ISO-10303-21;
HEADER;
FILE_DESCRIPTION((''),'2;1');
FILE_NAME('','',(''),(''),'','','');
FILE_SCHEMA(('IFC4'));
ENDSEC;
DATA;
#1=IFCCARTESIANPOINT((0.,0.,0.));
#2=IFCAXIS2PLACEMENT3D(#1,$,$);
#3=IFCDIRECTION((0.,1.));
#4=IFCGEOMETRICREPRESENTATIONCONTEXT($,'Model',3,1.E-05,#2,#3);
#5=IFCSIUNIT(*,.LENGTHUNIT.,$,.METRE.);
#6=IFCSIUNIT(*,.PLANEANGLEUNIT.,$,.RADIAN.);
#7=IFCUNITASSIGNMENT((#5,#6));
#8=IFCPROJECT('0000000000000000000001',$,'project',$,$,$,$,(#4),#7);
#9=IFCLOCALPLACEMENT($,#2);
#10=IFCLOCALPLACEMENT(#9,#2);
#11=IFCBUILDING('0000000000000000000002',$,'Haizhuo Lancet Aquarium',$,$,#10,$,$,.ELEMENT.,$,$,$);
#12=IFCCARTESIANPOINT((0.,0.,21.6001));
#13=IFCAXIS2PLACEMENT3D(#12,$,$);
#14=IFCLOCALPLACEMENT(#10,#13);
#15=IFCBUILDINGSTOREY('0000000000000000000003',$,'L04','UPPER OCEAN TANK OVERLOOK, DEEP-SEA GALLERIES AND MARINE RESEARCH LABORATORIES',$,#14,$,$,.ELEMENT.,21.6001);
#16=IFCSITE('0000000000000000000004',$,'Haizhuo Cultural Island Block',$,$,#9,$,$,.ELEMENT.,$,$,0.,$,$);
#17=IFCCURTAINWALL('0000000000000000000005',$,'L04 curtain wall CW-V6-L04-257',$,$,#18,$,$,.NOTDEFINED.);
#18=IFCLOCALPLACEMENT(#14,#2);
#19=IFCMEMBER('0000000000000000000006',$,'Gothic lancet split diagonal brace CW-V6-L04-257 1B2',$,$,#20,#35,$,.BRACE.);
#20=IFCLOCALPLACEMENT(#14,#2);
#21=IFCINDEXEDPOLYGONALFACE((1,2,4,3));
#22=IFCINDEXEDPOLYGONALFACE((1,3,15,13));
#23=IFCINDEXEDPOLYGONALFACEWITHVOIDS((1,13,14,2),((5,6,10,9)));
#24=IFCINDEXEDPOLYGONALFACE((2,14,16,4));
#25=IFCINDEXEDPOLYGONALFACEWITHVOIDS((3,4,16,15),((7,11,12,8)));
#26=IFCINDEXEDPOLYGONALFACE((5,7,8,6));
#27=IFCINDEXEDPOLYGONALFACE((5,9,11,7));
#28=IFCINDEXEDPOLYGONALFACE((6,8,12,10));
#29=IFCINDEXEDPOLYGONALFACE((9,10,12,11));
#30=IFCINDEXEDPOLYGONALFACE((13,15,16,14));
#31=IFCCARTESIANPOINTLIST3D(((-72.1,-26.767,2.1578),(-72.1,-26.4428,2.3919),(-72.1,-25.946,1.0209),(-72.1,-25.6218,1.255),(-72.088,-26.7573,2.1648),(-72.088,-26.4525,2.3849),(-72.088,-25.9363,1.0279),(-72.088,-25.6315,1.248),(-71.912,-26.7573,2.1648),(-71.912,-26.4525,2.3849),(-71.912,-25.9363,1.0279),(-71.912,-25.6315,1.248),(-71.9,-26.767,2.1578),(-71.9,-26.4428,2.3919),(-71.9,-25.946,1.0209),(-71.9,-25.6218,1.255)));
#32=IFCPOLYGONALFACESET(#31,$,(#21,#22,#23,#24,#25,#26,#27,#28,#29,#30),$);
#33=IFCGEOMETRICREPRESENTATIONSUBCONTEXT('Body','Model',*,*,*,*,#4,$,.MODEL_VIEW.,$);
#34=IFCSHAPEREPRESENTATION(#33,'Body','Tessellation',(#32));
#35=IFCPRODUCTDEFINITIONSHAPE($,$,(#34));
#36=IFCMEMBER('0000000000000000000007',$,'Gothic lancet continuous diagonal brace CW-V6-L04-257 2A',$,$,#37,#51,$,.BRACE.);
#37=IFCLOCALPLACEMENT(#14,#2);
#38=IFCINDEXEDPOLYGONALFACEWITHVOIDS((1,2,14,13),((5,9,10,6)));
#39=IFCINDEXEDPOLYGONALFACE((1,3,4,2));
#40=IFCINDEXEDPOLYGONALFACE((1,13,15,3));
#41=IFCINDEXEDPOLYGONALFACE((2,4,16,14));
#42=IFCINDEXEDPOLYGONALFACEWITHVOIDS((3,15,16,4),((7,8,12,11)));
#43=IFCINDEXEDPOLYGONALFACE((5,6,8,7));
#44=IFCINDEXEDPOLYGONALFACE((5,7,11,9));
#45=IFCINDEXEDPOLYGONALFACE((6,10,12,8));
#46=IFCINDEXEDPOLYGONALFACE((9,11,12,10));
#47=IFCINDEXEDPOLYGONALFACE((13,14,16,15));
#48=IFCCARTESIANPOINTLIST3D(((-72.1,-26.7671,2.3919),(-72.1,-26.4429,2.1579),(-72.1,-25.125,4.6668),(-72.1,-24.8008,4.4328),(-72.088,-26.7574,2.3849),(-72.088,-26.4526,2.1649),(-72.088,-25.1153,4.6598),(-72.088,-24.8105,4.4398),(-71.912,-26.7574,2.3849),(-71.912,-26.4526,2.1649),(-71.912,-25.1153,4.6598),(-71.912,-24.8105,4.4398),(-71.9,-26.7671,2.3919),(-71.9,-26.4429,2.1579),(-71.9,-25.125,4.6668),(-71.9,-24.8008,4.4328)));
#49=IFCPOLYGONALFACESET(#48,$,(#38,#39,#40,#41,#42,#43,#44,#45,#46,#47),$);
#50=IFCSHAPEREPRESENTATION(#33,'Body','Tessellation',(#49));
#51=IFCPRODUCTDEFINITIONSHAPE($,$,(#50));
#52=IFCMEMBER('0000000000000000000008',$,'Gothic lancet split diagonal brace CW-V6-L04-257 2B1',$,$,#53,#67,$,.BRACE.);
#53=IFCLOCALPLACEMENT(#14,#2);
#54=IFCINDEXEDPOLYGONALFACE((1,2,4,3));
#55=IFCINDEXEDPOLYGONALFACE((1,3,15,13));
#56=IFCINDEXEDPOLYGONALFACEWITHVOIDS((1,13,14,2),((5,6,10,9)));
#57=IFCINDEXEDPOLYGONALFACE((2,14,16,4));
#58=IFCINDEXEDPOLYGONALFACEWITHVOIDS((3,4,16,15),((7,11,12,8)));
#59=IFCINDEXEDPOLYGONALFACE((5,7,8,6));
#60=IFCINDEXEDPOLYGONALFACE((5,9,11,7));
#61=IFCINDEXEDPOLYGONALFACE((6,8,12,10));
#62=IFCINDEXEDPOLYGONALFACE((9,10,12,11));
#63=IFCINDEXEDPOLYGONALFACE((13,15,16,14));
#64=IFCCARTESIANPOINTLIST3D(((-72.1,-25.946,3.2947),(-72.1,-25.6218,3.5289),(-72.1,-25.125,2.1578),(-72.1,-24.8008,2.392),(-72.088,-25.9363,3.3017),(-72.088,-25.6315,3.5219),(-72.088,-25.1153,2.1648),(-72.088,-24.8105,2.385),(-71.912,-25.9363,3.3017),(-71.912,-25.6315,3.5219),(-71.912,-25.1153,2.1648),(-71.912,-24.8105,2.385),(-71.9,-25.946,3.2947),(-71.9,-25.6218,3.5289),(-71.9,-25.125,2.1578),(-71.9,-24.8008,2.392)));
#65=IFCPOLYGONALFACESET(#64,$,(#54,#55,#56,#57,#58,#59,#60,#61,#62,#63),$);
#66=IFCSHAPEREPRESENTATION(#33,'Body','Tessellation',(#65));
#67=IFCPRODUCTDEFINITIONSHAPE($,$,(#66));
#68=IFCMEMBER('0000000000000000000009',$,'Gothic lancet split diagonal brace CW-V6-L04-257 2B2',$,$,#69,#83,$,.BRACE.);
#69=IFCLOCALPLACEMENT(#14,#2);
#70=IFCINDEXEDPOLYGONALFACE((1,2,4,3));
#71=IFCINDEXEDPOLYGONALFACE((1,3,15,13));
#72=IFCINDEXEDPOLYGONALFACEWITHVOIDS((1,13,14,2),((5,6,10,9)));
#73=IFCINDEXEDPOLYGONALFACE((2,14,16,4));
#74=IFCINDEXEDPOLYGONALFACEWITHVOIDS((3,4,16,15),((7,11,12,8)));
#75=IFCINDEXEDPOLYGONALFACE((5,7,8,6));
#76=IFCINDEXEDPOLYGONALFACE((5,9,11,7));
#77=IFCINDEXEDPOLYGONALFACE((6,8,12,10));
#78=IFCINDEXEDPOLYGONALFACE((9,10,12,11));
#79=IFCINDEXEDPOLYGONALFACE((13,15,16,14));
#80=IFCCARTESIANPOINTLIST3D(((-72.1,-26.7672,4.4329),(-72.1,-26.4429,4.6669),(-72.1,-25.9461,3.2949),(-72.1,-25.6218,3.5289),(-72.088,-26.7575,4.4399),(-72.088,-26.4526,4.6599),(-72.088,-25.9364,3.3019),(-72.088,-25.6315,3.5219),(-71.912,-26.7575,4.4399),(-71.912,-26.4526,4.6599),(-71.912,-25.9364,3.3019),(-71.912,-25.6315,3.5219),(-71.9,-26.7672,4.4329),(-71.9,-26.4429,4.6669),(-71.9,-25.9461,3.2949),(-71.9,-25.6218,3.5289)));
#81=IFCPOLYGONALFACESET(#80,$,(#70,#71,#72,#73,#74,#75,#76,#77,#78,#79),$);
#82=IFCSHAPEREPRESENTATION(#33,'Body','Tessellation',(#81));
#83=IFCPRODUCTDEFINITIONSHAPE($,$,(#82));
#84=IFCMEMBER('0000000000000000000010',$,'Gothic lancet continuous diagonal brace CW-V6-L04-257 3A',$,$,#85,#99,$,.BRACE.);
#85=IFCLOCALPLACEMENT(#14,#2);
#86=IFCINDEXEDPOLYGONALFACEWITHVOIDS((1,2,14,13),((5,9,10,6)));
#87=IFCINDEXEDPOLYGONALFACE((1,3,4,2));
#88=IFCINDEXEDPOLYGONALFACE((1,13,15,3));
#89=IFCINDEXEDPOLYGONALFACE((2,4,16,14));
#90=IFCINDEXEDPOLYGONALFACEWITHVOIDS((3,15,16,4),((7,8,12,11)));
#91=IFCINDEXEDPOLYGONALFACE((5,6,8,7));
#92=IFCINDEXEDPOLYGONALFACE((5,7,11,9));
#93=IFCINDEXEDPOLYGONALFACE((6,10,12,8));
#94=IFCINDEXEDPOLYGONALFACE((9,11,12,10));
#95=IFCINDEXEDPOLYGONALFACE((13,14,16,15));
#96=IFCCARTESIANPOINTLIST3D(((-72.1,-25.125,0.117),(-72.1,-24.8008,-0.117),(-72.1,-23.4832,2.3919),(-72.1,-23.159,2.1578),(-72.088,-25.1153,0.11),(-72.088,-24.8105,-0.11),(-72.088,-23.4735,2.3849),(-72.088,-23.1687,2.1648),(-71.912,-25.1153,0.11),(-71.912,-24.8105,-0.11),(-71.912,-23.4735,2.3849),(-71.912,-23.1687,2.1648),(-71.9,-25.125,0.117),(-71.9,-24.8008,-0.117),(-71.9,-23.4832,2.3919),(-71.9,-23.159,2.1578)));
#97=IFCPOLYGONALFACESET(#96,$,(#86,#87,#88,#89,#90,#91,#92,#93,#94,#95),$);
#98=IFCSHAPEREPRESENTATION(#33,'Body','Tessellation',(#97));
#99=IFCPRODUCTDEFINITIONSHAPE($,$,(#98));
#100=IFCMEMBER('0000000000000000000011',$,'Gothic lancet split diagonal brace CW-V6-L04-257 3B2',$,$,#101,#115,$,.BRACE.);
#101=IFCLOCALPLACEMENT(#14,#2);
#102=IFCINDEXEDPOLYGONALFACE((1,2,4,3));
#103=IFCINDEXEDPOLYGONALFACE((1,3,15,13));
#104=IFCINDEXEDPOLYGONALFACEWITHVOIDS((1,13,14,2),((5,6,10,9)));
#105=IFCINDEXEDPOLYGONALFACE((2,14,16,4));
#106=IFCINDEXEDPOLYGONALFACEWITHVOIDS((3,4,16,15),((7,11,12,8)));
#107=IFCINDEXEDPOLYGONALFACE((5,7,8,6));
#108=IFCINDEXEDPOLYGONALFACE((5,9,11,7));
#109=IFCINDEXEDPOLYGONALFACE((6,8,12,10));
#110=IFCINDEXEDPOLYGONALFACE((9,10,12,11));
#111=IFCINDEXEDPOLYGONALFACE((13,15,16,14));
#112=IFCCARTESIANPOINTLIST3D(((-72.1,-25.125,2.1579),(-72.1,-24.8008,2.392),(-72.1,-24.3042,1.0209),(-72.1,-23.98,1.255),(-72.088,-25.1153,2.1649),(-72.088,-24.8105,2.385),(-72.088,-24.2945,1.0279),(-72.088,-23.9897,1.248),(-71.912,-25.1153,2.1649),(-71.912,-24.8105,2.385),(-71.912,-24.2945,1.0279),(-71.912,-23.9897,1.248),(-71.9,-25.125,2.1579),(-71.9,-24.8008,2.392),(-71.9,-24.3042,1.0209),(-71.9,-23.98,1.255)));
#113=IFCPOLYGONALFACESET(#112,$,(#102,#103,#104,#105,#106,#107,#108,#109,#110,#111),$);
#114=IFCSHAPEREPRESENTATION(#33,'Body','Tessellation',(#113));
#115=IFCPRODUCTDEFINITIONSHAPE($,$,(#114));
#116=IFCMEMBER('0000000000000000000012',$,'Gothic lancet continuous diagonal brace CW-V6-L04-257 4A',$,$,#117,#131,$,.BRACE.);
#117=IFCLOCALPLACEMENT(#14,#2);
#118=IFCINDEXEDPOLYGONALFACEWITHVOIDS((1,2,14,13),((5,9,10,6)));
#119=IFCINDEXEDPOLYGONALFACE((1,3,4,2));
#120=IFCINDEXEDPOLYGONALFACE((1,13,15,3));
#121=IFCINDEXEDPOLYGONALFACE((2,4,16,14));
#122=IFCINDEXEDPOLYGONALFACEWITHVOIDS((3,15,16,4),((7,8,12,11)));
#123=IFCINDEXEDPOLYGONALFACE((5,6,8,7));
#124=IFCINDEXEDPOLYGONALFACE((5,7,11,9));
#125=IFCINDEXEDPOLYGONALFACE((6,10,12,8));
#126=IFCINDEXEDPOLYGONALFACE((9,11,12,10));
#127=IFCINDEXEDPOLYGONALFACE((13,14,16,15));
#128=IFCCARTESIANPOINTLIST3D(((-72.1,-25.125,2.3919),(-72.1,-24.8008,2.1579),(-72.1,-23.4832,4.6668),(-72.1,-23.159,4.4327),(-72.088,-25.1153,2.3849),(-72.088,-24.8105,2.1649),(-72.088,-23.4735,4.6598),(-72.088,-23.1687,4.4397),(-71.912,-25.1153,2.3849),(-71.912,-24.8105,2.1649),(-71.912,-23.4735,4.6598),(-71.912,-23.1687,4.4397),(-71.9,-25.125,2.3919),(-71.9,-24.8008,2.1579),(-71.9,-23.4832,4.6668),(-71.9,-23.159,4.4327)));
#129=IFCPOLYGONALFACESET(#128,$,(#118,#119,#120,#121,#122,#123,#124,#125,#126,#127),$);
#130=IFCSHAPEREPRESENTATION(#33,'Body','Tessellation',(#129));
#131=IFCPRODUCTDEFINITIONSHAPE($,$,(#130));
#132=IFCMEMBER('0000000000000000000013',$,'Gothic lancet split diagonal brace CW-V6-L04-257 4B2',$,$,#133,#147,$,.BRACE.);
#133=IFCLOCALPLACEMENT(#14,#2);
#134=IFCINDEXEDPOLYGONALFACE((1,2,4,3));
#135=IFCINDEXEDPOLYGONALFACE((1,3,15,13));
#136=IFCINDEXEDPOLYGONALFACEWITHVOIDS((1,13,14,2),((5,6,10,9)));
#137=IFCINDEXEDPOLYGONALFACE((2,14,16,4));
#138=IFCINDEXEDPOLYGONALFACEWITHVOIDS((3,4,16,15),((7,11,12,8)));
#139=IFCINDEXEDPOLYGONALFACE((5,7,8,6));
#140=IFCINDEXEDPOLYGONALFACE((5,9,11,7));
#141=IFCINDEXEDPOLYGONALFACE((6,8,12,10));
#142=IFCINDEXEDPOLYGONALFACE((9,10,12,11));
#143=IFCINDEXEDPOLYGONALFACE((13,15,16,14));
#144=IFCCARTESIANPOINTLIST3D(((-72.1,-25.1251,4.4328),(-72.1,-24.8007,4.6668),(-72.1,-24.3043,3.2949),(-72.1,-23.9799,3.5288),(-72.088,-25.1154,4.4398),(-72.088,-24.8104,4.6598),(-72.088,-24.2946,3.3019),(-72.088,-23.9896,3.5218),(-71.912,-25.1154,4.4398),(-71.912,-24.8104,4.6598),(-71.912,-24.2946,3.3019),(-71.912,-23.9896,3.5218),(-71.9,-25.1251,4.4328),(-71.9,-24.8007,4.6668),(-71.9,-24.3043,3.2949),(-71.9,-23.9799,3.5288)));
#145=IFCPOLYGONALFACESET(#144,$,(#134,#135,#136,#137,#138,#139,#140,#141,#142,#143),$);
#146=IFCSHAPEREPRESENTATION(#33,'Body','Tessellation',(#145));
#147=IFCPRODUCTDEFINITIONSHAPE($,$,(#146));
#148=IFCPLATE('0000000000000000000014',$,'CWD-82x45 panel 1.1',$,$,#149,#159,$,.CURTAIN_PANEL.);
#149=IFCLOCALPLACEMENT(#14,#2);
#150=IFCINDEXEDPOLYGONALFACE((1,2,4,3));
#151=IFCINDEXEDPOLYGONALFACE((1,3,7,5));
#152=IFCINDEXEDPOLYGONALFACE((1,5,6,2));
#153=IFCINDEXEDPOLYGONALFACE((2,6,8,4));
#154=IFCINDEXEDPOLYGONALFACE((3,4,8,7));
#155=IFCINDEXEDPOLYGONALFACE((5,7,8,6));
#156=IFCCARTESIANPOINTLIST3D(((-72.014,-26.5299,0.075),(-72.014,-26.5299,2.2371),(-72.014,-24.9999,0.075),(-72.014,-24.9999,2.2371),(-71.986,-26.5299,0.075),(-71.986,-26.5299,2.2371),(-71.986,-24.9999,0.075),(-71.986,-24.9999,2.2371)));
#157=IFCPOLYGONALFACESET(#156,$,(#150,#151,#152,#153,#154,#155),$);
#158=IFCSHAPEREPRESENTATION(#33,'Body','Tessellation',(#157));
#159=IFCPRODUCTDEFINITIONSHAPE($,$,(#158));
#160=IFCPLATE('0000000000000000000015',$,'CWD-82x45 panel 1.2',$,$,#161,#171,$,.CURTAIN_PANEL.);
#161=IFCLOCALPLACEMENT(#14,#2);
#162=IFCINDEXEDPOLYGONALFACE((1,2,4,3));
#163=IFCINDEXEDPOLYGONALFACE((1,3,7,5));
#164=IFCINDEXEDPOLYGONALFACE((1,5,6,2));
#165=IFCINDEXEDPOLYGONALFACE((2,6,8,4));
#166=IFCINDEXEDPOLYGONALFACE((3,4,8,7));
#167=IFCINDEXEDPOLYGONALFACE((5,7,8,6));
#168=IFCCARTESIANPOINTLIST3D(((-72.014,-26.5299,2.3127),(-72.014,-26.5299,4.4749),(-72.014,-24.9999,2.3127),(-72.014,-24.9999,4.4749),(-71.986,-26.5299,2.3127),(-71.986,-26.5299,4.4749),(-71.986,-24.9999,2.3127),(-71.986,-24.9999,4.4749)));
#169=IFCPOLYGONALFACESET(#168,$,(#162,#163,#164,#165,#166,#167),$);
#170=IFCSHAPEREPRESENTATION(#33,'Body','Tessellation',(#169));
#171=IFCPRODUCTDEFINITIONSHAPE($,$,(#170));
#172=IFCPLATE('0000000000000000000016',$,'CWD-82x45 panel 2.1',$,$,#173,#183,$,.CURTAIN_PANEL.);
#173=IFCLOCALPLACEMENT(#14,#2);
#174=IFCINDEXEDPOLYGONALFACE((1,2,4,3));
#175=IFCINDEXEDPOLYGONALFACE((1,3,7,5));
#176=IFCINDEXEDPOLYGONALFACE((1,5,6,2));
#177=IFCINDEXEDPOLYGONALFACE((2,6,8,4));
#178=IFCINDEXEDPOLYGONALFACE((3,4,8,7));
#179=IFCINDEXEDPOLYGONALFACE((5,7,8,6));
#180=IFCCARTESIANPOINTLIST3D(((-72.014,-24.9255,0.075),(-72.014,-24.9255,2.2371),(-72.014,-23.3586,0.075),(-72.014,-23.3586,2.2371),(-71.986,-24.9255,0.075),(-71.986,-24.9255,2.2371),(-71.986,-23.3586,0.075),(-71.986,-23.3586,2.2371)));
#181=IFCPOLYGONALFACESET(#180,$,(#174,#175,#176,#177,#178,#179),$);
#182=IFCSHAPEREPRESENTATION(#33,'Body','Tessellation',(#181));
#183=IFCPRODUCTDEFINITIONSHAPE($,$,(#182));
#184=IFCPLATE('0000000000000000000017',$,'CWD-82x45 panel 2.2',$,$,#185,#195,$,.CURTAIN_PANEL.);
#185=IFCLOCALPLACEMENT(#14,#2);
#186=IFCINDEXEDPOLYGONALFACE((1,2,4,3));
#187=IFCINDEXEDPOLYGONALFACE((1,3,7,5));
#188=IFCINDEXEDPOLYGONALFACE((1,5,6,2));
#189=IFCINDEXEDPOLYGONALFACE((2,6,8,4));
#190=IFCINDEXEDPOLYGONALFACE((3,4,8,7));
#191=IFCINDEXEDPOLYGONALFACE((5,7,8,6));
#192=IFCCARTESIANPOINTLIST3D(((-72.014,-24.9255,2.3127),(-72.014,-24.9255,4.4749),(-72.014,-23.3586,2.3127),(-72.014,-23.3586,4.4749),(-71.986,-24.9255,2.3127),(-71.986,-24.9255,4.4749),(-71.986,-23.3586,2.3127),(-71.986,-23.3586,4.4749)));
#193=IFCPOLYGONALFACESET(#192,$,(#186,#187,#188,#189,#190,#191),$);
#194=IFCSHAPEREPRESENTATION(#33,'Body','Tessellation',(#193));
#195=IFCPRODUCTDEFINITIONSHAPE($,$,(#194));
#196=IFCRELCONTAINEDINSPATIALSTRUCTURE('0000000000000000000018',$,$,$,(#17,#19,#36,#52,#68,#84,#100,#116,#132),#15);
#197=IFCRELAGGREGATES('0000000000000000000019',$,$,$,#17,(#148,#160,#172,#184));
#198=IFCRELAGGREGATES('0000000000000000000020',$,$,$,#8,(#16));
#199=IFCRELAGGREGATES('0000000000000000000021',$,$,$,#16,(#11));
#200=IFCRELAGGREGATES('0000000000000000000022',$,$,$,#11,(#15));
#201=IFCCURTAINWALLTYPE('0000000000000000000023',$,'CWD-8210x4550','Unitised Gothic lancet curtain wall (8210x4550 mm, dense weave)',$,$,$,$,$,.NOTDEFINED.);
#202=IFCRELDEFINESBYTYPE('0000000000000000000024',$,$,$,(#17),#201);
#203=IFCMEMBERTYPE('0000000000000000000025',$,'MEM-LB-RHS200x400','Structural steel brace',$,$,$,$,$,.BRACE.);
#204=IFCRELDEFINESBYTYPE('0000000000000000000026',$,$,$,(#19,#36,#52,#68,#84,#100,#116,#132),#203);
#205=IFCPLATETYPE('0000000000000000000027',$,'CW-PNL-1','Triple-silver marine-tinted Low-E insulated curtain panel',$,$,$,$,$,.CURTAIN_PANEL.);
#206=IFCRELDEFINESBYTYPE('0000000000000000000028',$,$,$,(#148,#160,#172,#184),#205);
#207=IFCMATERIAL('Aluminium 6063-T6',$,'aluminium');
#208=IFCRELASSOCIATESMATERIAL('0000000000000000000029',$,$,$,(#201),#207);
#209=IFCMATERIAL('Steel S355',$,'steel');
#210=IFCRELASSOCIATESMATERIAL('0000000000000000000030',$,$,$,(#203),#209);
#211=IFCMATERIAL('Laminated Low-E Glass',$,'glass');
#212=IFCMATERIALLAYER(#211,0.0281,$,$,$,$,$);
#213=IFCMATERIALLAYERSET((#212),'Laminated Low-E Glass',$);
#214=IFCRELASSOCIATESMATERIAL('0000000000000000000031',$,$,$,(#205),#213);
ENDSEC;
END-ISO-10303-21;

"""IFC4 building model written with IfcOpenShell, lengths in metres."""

from ifc_helpers import new_model, si_unit, direction, frame, origin, origin_2d, place, context, subcontext, project, spatial, rectangle, hollow_rectangle, extrude, material, layer, layer_set, material_profile, profile_set, type_object, element, aggregate, save


model = new_model("IFC4")

# Units and contexts
model_context = context("Model", 3, precision=1e-05, world=origin(), true_north=direction((0.0, 1.0)))
body_context = subcontext(model_context, "Body", "Model", "MODEL_VIEW")
ifc_project = project(units=[si_unit("LENGTHUNIT", "METRE"), si_unit("PLANEANGLEUNIT", "RADIAN")], contexts=[model_context])

# Site, building, storey
site_placement = place(None, origin())
site = spatial("IfcSite", under=ifc_project, at=site_placement, Name="Haizhuo Cultural Island Block", CompositionType="ELEMENT", RefElevation=0.0)
building_placement = place(site_placement, origin())
building = spatial("IfcBuilding", under=site, at=building_placement, Name="Haizhuo Lancet Aquarium", CompositionType="ELEMENT")
storey_placement = place(building_placement, frame((0.0, 0.0, 21.6001)))
storey = spatial("IfcBuildingStorey", under=building, at=storey_placement, Name="L04", Description="UPPER OCEAN TANK OVERLOOK, DEEP-SEA GALLERIES AND MARINE RESEARCH LABORATORIES", CompositionType="ELEMENT", Elevation=21.6001)

# Curtain wall
ifc_material_1 = material(Name="Aluminium 6063-T6", Category="aluminium")
curtain_wall_type = type_object("IfcCurtainWallType", Name="CWD-8210x4550", Description="Unitised Gothic lancet curtain wall (8210x4550 mm, dense weave)", PredefinedType="NOTDEFINED", material=ifc_material_1)
curtain_wall_placement = place(storey_placement, origin())
curtain_wall = element("IfcCurtainWall", 1, at=curtain_wall_placement, inside=storey, type_object=curtain_wall_type, Name="L04 curtain wall CW-V6-L04-257", PredefinedType="NOTDEFINED")

# Members
ifc_material_2 = material(Name="Steel S355", Category="steel")
ifc_material_profile_1 = material_profile(ifc_material_2, hollow_rectangle(XDim=0.2, YDim=0.3999, WallThickness=0.012, at=origin_2d()), Name="RHS 200x400x12")
ifc_profile_set_1 = profile_set([ifc_material_profile_1], Name="Steel S355")
member_type_1 = type_object("IfcMemberType", Name="MEM-LB-RHS200x400", Description="Structural steel brace", PredefinedType="BRACE", material=ifc_profile_set_1)
member_1_placement = place(storey_placement, frame((-72.0, -25.7839, 1.1379), z_axis=(0.0, -0.585446, 0.810711), x_axis=(1.0, 0.0, 0.0)))
element("IfcMember", 2, at=member_1_placement, inside=storey, type_object=member_type_1, Name="Gothic lancet split diagonal brace CW-V6-L04-257 1B2", PredefinedType="BRACE", context=body_context, shape_type="SweptSolid", body=[
    extrude(hollow_rectangle(XDim=0.2, YDim=0.3999, WallThickness=0.012, at=origin_2d()), origin(), (0.0, 0.0, 1.0), 1.4023),
])
member_2_placement = place(storey_placement, frame((-72.0, -26.605, 2.2749), z_axis=(0.0, 0.585281, 0.810831), x_axis=(-1.0, 0.0, 0.0)))
element("IfcMember", 3, at=member_2_placement, inside=storey, type_object=member_type_1, Name="Gothic lancet continuous diagonal brace CW-V6-L04-257 2A", PredefinedType="BRACE", context=body_context, shape_type="SweptSolid", body=[
    extrude(hollow_rectangle(XDim=0.2, YDim=0.3999, WallThickness=0.012, at=origin_2d()), origin(), (0.0, 0.0, 1.0), 2.8057),
])
member_3_placement = place(storey_placement, frame((-72.0, -24.9629, 2.2749), z_axis=(0.0, -0.585446, 0.810711), x_axis=(1.0, 0.0, 0.0)))
element("IfcMember", 4, at=member_3_placement, inside=storey, type_object=member_type_1, Name="Gothic lancet split diagonal brace CW-V6-L04-257 2B1", PredefinedType="BRACE", context=body_context, shape_type="SweptSolid", body=[
    extrude(hollow_rectangle(XDim=0.2, YDim=0.3999, WallThickness=0.012, at=origin_2d()), origin(), (0.0, 0.0, 1.0), 1.4023),
])
member_4_placement = place(storey_placement, frame((-72.0, -25.7839, 3.4119), z_axis=(0.0, -0.585116, 0.81095), x_axis=(1.0, 0.0, 0.0)))
element("IfcMember", 5, at=member_4_placement, inside=storey, type_object=member_type_1, Name="Gothic lancet split diagonal brace CW-V6-L04-257 2B2", PredefinedType="BRACE", context=body_context, shape_type="SweptSolid", body=[
    extrude(hollow_rectangle(XDim=0.2, YDim=0.3999, WallThickness=0.012, at=origin_2d()), origin(), (0.0, 0.0, 1.0), 1.4033),
])
member_5_placement = place(storey_placement, frame((-72.0, -24.9629, 0.0), z_axis=(0.0, 0.585224, 0.810872), x_axis=(-1.0, 0.0, 0.0)))
element("IfcMember", 6, at=member_5_placement, inside=storey, type_object=member_type_1, Name="Gothic lancet continuous diagonal brace CW-V6-L04-257 3A", PredefinedType="BRACE", context=body_context, shape_type="SweptSolid", body=[
    extrude(hollow_rectangle(XDim=0.2, YDim=0.3999, WallThickness=0.012, at=origin_2d()), origin(), (0.0, 0.0, 1.0), 2.8054),
])
member_6_placement = place(storey_placement, frame((-72.0, -24.1421, 1.1379), z_axis=(0.0, -0.585332, 0.810794), x_axis=(1.0, 0.0, 0.0)))
element("IfcMember", 7, at=member_6_placement, inside=storey, type_object=member_type_1, Name="Gothic lancet split diagonal brace CW-V6-L04-257 3B2", PredefinedType="BRACE", context=body_context, shape_type="SweptSolid", body=[
    extrude(hollow_rectangle(XDim=0.2, YDim=0.3999, WallThickness=0.012, at=origin_2d()), origin(), (0.0, 0.0, 1.0), 1.4023),
])
member_7_placement = place(storey_placement, frame((-72.0, -24.9629, 2.2749), z_axis=(0.0, 0.585224, 0.810872), x_axis=(-1.0, 0.0, 0.0)))
element("IfcMember", 8, at=member_7_placement, inside=storey, type_object=member_type_1, Name="Gothic lancet continuous diagonal brace CW-V6-L04-257 4A", PredefinedType="BRACE", context=body_context, shape_type="SweptSolid", body=[
    extrude(hollow_rectangle(XDim=0.2, YDim=0.3999, WallThickness=0.012, at=origin_2d()), origin(), (0.0, 0.0, 1.0), 2.8054),
])
member_8_placement = place(storey_placement, frame((-72.0, -24.1421, 3.4119), z_axis=(0.0, -0.585001, 0.811032), x_axis=(1.0, 0.0, 0.0)))
element("IfcMember", 9, at=member_8_placement, inside=storey, type_object=member_type_1, Name="Gothic lancet split diagonal brace CW-V6-L04-257 4B2", PredefinedType="BRACE", context=body_context, shape_type="SweptSolid", body=[
    extrude(hollow_rectangle(XDim=0.2, YDim=0.3999, WallThickness=0.012, at=origin_2d()), origin(), (0.0, 0.0, 1.0), 1.4031),
])

# Plates
ifc_material_3 = material(Name="Laminated Low-E Glass", Category="glass")
ifc_layer = layer(ifc_material_3, 0.0281)
ifc_layer_set = layer_set([ifc_layer], Name="Laminated Low-E Glass")
plate_type = type_object("IfcPlateType", Name="CW-PNL-1", Description="Triple-silver marine-tinted Low-E insulated curtain panel", PredefinedType="CURTAIN_PANEL", material=ifc_layer_set)
plate_1_placement = place(storey_placement, frame((-72.0, -25.7649, 0.075), z_axis=(0.0, 0.0, 1.0), x_axis=(0.0, 1.0, 0.0)))
plate_1 = element("IfcPlate", 10, at=plate_1_placement, type_object=plate_type, Name="CWD-82x45 panel 1.1", PredefinedType="CURTAIN_PANEL", context=body_context, shape_type="SweptSolid", body=[
    extrude(rectangle(XDim=1.53, YDim=0.0281, at=origin_2d()), origin(), (0.0, 0.0, 1.0), 2.1621),
])
plate_2_placement = place(storey_placement, frame((-72.0, -25.7649, 2.3127), z_axis=(0.0, 0.0, 1.0), x_axis=(0.0, 1.0, 0.0)))
plate_2 = element("IfcPlate", 11, at=plate_2_placement, type_object=plate_type, Name="CWD-82x45 panel 1.2", PredefinedType="CURTAIN_PANEL", context=body_context, shape_type="SweptSolid", body=[
    extrude(rectangle(XDim=1.53, YDim=0.0281, at=origin_2d()), origin(), (0.0, 0.0, 1.0), 2.1621),
])
plate_3_placement = place(storey_placement, frame((-72.0, -24.1421, 0.075), z_axis=(0.0, 0.0, 1.0), x_axis=(0.0, 1.0, 0.0)))
plate_3 = element("IfcPlate", 12, at=plate_3_placement, type_object=plate_type, Name="CWD-82x45 panel 2.1", PredefinedType="CURTAIN_PANEL", context=body_context, shape_type="SweptSolid", body=[
    extrude(rectangle(XDim=1.5669, YDim=0.0281, at=origin_2d()), origin(), (0.0, 0.0, 1.0), 2.1621),
])
plate_4_placement = place(storey_placement, frame((-72.0, -24.1421, 2.3127), z_axis=(0.0, 0.0, 1.0), x_axis=(0.0, 1.0, 0.0)))
plate_4 = element("IfcPlate", 13, at=plate_4_placement, type_object=plate_type, Name="CWD-82x45 panel 2.2", PredefinedType="CURTAIN_PANEL", context=body_context, shape_type="SweptSolid", body=[
    extrude(rectangle(XDim=1.5669, YDim=0.0281, at=origin_2d()), origin(), (0.0, 0.0, 1.0), 2.1621),
])
aggregate(curtain_wall, [plate_1, plate_2, plate_3, plate_4])

save(model, "model.ifc")
